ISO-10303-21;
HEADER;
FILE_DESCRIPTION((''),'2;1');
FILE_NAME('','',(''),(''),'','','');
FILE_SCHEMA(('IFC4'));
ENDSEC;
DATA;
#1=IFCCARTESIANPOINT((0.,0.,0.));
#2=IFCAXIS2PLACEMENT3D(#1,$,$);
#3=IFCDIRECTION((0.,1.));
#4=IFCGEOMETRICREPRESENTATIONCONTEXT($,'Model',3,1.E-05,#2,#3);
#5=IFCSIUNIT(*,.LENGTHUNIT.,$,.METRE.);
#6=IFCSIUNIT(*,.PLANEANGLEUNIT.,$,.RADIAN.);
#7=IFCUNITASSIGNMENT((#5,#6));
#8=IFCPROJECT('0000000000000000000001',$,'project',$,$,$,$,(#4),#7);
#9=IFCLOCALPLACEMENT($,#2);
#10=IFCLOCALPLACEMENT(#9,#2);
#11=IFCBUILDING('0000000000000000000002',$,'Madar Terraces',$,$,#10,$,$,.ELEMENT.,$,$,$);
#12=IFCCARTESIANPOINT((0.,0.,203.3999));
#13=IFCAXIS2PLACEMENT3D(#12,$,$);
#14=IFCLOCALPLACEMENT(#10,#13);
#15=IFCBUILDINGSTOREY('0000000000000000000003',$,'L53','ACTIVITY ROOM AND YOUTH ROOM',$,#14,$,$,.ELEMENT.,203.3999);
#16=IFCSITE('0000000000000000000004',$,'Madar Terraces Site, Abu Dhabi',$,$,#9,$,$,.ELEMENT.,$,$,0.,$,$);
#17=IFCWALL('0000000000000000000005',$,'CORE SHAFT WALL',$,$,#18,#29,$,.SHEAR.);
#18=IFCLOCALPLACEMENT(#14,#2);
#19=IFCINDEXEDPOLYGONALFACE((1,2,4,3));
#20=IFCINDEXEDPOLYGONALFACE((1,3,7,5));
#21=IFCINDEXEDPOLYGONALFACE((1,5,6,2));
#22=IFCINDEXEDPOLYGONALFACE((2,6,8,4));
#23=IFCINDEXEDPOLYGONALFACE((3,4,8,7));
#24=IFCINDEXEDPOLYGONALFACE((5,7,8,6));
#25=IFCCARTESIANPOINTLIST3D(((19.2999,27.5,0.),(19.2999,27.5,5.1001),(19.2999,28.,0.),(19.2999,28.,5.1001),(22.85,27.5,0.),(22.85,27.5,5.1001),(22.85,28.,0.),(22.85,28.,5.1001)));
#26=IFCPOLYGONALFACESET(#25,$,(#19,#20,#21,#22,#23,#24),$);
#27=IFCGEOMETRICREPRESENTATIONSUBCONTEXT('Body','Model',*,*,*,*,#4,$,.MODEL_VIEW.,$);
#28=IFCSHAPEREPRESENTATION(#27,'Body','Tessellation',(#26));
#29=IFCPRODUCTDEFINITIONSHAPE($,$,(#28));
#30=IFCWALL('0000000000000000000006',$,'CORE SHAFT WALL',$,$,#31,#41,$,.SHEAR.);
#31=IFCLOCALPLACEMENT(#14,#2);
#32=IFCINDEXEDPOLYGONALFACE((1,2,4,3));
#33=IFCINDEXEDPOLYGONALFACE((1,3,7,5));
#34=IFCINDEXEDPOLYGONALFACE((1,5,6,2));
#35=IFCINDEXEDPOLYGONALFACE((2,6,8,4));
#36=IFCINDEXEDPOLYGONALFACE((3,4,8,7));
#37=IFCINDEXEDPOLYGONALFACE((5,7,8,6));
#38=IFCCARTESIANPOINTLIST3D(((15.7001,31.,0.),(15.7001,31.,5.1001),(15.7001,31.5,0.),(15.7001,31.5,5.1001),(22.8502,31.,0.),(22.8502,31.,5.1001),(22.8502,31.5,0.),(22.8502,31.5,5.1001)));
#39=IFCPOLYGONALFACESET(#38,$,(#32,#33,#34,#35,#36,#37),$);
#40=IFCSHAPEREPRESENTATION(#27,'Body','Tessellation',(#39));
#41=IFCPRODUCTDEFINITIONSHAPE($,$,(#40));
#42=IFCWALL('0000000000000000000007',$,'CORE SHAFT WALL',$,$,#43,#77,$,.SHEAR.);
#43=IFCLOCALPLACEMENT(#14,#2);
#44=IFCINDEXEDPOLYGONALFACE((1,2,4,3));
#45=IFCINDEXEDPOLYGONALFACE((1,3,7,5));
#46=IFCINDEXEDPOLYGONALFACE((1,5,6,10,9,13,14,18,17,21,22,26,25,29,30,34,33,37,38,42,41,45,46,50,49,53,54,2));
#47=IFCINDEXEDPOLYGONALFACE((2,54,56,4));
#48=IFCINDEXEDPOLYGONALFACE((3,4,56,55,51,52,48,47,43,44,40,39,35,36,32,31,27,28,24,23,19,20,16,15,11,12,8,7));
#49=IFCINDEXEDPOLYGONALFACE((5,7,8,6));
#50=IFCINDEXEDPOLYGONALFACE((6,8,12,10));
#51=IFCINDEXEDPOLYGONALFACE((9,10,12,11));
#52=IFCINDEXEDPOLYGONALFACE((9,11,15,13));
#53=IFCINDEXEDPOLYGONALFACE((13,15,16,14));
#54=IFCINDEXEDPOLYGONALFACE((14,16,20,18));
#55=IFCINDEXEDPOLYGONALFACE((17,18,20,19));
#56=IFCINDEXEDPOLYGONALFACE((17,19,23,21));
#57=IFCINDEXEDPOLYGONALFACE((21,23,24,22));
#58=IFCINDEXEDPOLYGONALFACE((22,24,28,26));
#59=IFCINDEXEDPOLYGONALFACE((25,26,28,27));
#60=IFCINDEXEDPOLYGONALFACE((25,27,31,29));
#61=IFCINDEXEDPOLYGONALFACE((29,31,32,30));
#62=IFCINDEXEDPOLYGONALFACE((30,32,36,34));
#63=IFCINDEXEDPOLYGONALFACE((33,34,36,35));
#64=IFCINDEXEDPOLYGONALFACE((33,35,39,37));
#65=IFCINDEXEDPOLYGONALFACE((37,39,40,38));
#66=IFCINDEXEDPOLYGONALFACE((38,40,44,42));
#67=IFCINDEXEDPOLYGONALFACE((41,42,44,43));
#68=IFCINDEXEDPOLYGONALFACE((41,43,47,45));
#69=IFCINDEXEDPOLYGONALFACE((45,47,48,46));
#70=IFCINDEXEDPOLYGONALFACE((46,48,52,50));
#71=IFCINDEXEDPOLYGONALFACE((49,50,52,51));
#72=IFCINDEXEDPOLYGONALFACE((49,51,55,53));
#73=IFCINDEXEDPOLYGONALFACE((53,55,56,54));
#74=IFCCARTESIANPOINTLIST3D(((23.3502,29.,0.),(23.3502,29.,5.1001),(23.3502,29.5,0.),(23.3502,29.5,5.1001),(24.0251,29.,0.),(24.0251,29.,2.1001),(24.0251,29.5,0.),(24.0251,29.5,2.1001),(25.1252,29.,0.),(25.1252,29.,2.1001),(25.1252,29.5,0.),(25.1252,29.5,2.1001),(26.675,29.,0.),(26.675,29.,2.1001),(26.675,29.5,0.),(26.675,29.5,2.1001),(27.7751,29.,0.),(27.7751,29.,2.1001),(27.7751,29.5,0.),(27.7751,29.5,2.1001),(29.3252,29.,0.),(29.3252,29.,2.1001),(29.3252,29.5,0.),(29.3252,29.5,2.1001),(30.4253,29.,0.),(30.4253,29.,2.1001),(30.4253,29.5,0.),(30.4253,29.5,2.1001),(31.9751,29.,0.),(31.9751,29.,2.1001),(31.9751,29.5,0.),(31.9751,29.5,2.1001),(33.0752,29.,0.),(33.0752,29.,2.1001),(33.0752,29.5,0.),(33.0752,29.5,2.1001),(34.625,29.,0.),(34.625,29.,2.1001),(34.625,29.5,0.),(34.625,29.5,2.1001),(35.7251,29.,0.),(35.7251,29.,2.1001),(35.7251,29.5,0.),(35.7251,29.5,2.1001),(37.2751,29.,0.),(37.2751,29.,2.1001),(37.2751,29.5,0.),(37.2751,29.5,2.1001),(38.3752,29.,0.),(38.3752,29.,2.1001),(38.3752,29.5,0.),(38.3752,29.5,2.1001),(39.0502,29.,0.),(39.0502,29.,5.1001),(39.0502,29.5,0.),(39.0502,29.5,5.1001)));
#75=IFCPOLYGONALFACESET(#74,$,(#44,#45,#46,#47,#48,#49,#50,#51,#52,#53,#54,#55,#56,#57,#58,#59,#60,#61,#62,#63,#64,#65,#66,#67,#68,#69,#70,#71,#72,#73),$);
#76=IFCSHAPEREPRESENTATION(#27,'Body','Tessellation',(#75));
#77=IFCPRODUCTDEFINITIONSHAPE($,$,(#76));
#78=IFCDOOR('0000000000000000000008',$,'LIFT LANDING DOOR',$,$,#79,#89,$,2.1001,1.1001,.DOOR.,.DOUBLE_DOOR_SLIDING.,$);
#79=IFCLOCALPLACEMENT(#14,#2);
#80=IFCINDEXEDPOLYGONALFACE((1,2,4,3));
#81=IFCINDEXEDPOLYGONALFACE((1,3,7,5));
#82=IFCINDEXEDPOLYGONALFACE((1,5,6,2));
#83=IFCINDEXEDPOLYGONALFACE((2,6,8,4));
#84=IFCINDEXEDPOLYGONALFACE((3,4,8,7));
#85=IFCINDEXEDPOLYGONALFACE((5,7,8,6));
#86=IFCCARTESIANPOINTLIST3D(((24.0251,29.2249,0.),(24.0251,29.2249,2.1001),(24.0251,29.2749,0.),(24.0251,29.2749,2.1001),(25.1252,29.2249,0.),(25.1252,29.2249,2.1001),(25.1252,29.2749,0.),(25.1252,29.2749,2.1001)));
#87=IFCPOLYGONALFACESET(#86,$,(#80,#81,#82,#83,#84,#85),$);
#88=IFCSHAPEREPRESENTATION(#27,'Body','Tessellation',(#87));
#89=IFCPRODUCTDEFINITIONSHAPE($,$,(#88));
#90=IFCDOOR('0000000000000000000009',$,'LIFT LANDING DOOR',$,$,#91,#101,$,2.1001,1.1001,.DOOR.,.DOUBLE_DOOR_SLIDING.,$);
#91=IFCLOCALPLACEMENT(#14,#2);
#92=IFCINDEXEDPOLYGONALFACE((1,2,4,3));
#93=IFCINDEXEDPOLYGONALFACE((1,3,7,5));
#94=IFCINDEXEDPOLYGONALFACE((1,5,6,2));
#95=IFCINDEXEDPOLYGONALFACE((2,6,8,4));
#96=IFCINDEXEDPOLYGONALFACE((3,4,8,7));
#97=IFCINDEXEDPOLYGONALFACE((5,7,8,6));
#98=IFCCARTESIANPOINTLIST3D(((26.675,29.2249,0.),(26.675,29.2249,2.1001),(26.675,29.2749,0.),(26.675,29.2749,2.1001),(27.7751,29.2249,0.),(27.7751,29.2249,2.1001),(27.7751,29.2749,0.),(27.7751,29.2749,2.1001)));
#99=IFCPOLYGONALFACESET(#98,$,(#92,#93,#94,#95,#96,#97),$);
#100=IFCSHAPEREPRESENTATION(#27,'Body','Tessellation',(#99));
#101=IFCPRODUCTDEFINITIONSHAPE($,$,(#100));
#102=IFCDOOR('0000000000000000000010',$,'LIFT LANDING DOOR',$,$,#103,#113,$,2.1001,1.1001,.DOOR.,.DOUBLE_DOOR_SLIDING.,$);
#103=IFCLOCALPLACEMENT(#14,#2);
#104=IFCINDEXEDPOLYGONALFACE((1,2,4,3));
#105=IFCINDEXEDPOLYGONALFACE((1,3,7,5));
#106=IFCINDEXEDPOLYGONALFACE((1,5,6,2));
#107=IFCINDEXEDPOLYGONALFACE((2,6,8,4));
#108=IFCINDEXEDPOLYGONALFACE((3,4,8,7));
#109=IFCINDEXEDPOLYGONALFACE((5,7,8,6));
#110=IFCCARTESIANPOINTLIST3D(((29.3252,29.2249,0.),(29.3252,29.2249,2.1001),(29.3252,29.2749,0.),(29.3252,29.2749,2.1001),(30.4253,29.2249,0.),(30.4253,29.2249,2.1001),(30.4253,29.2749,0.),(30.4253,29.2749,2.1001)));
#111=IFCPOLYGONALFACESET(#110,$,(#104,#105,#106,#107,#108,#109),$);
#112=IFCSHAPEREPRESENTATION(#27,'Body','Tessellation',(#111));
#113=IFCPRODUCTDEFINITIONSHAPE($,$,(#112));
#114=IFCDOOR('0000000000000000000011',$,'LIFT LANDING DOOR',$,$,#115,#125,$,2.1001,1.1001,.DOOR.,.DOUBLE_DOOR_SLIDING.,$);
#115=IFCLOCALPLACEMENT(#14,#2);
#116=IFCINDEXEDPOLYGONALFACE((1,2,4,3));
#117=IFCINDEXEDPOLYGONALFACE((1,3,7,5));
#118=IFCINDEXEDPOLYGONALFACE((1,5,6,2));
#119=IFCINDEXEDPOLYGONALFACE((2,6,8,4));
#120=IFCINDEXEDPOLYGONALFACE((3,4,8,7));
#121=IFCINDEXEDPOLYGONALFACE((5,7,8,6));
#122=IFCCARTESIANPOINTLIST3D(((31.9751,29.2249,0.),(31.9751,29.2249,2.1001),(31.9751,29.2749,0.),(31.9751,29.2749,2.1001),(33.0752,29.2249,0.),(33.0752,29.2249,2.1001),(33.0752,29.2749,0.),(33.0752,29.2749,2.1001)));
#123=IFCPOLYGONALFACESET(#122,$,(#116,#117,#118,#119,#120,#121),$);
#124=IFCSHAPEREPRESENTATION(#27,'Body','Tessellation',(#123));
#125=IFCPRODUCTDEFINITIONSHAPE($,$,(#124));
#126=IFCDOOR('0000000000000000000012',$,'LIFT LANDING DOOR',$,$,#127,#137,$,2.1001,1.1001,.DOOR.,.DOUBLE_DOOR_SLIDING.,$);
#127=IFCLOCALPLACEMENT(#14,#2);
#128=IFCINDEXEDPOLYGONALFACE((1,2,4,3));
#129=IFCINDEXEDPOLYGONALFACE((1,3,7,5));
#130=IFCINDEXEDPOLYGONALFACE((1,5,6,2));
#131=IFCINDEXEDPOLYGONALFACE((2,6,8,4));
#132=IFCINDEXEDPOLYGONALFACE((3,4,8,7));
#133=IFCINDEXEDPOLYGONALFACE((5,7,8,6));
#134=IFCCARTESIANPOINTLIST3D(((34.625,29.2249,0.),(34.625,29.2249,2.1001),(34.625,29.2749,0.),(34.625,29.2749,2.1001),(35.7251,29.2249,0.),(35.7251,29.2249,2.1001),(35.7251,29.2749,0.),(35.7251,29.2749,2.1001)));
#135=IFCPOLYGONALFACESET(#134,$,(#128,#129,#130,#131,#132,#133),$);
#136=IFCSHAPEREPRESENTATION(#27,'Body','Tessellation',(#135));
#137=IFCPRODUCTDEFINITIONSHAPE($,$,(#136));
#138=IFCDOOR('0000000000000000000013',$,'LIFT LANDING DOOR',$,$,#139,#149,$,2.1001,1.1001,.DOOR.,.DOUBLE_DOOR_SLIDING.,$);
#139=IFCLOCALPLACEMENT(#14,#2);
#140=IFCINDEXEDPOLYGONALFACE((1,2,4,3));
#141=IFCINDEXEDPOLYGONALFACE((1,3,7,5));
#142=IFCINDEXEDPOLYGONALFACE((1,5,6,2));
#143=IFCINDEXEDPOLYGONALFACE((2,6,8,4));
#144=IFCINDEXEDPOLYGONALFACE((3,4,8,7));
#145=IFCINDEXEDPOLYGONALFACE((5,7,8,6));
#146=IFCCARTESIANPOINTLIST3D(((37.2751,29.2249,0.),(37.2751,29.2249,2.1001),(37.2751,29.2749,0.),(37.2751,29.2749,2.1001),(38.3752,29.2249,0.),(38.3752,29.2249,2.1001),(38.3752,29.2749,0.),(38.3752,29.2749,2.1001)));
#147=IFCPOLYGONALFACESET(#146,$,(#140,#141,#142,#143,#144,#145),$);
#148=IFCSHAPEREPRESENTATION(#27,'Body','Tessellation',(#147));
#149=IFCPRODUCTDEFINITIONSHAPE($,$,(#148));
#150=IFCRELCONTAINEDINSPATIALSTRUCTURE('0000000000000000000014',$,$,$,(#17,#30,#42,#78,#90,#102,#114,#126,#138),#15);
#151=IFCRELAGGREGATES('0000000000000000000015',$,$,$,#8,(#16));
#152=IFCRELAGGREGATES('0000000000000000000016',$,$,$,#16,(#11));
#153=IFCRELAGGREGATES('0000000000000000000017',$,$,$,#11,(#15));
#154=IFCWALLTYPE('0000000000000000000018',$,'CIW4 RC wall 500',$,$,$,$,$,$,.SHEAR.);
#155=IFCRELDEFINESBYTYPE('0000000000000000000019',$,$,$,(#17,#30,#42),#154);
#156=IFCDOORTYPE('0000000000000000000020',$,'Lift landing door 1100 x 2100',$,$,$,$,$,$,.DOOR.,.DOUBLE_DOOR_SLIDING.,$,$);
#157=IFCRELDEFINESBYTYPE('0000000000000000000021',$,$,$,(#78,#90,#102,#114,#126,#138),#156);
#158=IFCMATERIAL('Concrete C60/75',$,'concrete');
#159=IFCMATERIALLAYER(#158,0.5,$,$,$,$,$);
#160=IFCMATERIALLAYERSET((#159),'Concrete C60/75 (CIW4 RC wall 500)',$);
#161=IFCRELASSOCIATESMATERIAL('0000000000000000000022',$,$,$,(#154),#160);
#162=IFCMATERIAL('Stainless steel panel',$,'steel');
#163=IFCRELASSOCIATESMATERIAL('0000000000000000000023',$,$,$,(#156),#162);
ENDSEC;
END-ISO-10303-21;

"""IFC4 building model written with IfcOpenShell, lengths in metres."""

from ifc_helpers import new_model, si_unit, direction, frame, frame_2d, origin, place, context, subcontext, project, spatial, rectangle, extrude, material, layer, layer_set, type_object, element, fill, save


model = new_model("IFC4")

# Units and contexts
model_context = context("Model", 3, precision=1e-05, world=origin(), true_north=direction((0.0, 1.0)))
body_context = subcontext(model_context, "Body", "Model", "MODEL_VIEW")
ifc_project = project(units=[si_unit("LENGTHUNIT", "METRE"), si_unit("PLANEANGLEUNIT", "RADIAN")], contexts=[model_context])

# Site, building, storey
site_placement = place(None, origin())
site = spatial("IfcSite", under=ifc_project, at=site_placement, Name="Madar Terraces Site, Abu Dhabi", CompositionType="ELEMENT", RefElevation=0.0)
building_placement = place(site_placement, origin())
building = spatial("IfcBuilding", under=site, at=building_placement, Name="Madar Terraces", CompositionType="ELEMENT")
storey_placement = place(building_placement, frame((0.0, 0.0, 203.3999)))
storey = spatial("IfcBuildingStorey", under=building, at=storey_placement, Name="L53", Description="ACTIVITY ROOM AND YOUTH ROOM", CompositionType="ELEMENT", Elevation=203.3999)

# Walls
ifc_material_1 = material(Name="Concrete C60/75", Category="concrete")
ifc_layer_1 = layer(ifc_material_1, 0.5)
ifc_layer_set_1 = layer_set([ifc_layer_1], Name="Concrete C60/75 (CIW4 RC wall 500)")
wall_type_1 = type_object("IfcWallType", Name="CIW4 RC wall 500", PredefinedType="SHEAR", material=ifc_layer_set_1)
wall_1_placement = place(storey_placement, frame((19.3, 27.75, 0.0), z_axis=(0.0, 0.0, 1.0), x_axis=(1.0, 0.0, 0.0)))
element("IfcWall", 1, at=wall_1_placement, inside=storey, type_object=wall_type_1, Name="CORE SHAFT WALL", PredefinedType="SHEAR", context=body_context, shape_type="SweptSolid", body=[
    extrude(rectangle(XDim=3.55, YDim=0.5, at=frame_2d((1.7749, 0.0))), origin(), (0.0, 0.0, 1.0), 5.1001),
])
wall_2_placement = place(storey_placement, frame((15.7, 31.25, 0.0), z_axis=(0.0, 0.0, 1.0), x_axis=(1.0, 0.0, 0.0)))
element("IfcWall", 2, at=wall_2_placement, inside=storey, type_object=wall_type_1, Name="CORE SHAFT WALL", PredefinedType="SHEAR", context=body_context, shape_type="SweptSolid", body=[
    extrude(rectangle(XDim=7.1501, YDim=0.5, at=frame_2d((3.5752, 0.0))), origin(), (0.0, 0.0, 1.0), 5.1001),
])

# Wall, openings, doors
wall_3_placement = place(storey_placement, frame((23.3501, 29.25, 0.0), z_axis=(0.0, 0.0, 1.0), x_axis=(1.0, 0.0, 0.0)))
wall_3 = element("IfcWall", 3, at=wall_3_placement, inside=storey, type_object=wall_type_1, Name="CORE SHAFT WALL", PredefinedType="SHEAR", context=body_context, shape_type="SweptSolid", body=[
    extrude(rectangle(XDim=15.7, YDim=0.5, at=frame_2d((7.8501, 0.0))), origin(), (0.0, 0.0, 1.0), 5.1001),
])
opening_1_placement = place(wall_3_placement, frame((0.675, 0.0, 0.0)))
opening_1 = element("IfcOpeningElement", 4, at=opening_1_placement, cuts=wall_3, PredefinedType="OPENING", context=body_context, shape_type="SweptSolid", body=[
    extrude(rectangle(XDim=1.1001, YDim=2.1001, at=frame_2d((0.55, 1.05))), frame((0.0, 0.26, 0.0), z_axis=(0.0, -1.0, 0.0), x_axis=(1.0, 0.0, 0.0)), (0.0, 0.0, 1.0), 0.52),
])
opening_2_placement = place(wall_3_placement, frame((3.325, 0.0, 0.0)))
opening_2 = element("IfcOpeningElement", 5, at=opening_2_placement, cuts=wall_3, PredefinedType="OPENING", context=body_context, shape_type="SweptSolid", body=[
    extrude(rectangle(XDim=1.1001, YDim=2.1001, at=frame_2d((0.55, 1.05))), frame((0.0, 0.26, 0.0), z_axis=(0.0, -1.0, 0.0), x_axis=(1.0, 0.0, 0.0)), (0.0, 0.0, 1.0), 0.52),
])
opening_3_placement = place(wall_3_placement, frame((5.9751, 0.0, 0.0)))
opening_3 = element("IfcOpeningElement", 6, at=opening_3_placement, cuts=wall_3, PredefinedType="OPENING", context=body_context, shape_type="SweptSolid", body=[
    extrude(rectangle(XDim=1.1001, YDim=2.1001, at=frame_2d((0.55, 1.05))), frame((0.0, 0.26, 0.0), z_axis=(0.0, -1.0, 0.0), x_axis=(1.0, 0.0, 0.0)), (0.0, 0.0, 1.0), 0.52),
])
opening_4_placement = place(wall_3_placement, frame((8.625, 0.0, 0.0)))
opening_4 = element("IfcOpeningElement", 7, at=opening_4_placement, cuts=wall_3, PredefinedType="OPENING", context=body_context, shape_type="SweptSolid", body=[
    extrude(rectangle(XDim=1.1001, YDim=2.1001, at=frame_2d((0.55, 1.05))), frame((0.0, 0.26, 0.0), z_axis=(0.0, -1.0, 0.0), x_axis=(1.0, 0.0, 0.0)), (0.0, 0.0, 1.0), 0.52),
])
opening_5_placement = place(wall_3_placement, frame((11.2749, 0.0, 0.0)))
opening_5 = element("IfcOpeningElement", 8, at=opening_5_placement, cuts=wall_3, PredefinedType="OPENING", context=body_context, shape_type="SweptSolid", body=[
    extrude(rectangle(XDim=1.1001, YDim=2.1001, at=frame_2d((0.55, 1.05))), frame((0.0, 0.26, 0.0), z_axis=(0.0, -1.0, 0.0), x_axis=(1.0, 0.0, 0.0)), (0.0, 0.0, 1.0), 0.52),
])
opening_6_placement = place(wall_3_placement, frame((13.925, 0.0, 0.0)))
opening_6 = element("IfcOpeningElement", 9, at=opening_6_placement, cuts=wall_3, PredefinedType="OPENING", context=body_context, shape_type="SweptSolid", body=[
    extrude(rectangle(XDim=1.1001, YDim=2.1001, at=frame_2d((0.55, 1.05))), frame((0.0, 0.26, 0.0), z_axis=(0.0, -1.0, 0.0), x_axis=(1.0, 0.0, 0.0)), (0.0, 0.0, 1.0), 0.52),
])
ifc_material_2 = material(Name="Stainless steel panel", Category="steel")
door_type_1 = type_object("IfcDoorType", Name="Lift landing door 1100 x 2100", OperationType="DOUBLE_DOOR_SLIDING", PredefinedType="DOOR", material=ifc_material_2)
door_1_placement = place(opening_1_placement, origin())
door_1 = element("IfcDoor", 10, at=door_1_placement, inside=storey, type_object=door_type_1, Name="LIFT LANDING DOOR", OperationType="DOUBLE_DOOR_SLIDING", OverallHeight=2.1001, OverallWidth=1.1001, PredefinedType="DOOR", context=body_context, shape_type="SweptSolid", body=[
    extrude(rectangle(XDim=1.1001, YDim=2.1001, at=frame_2d((0.55, 1.05))), frame((0.0, 0.0249, 0.0), z_axis=(0.0, -1.0, 0.0), x_axis=(1.0, 0.0, 0.0)), (0.0, 0.0, 1.0), 0.05),
])
fill(opening_1, door_1)
door_2_placement = place(opening_2_placement, origin())
door_2 = element("IfcDoor", 11, at=door_2_placement, inside=storey, type_object=door_type_1, Name="LIFT LANDING DOOR", OperationType="DOUBLE_DOOR_SLIDING", OverallHeight=2.1001, OverallWidth=1.1001, PredefinedType="DOOR", context=body_context, shape_type="SweptSolid", body=[
    extrude(rectangle(XDim=1.1001, YDim=2.1001, at=frame_2d((0.55, 1.05))), frame((0.0, 0.0249, 0.0), z_axis=(0.0, -1.0, 0.0), x_axis=(1.0, 0.0, 0.0)), (0.0, 0.0, 1.0), 0.05),
])
fill(opening_2, door_2)
door_3_placement = place(opening_3_placement, origin())
door_3 = element("IfcDoor", 12, at=door_3_placement, inside=storey, type_object=door_type_1, Name="LIFT LANDING DOOR", OperationType="DOUBLE_DOOR_SLIDING", OverallHeight=2.1001, OverallWidth=1.1001, PredefinedType="DOOR", context=body_context, shape_type="SweptSolid", body=[
    extrude(rectangle(XDim=1.1001, YDim=2.1001, at=frame_2d((0.55, 1.05))), frame((0.0, 0.0249, 0.0), z_axis=(0.0, -1.0, 0.0), x_axis=(1.0, 0.0, 0.0)), (0.0, 0.0, 1.0), 0.05),
])
fill(opening_3, door_3)
door_4_placement = place(opening_4_placement, origin())
door_4 = element("IfcDoor", 13, at=door_4_placement, inside=storey, type_object=door_type_1, Name="LIFT LANDING DOOR", OperationType="DOUBLE_DOOR_SLIDING", OverallHeight=2.1001, OverallWidth=1.1001, PredefinedType="DOOR", context=body_context, shape_type="SweptSolid", body=[
    extrude(rectangle(XDim=1.1001, YDim=2.1001, at=frame_2d((0.55, 1.05))), frame((0.0, 0.0249, 0.0), z_axis=(0.0, -1.0, 0.0), x_axis=(1.0, 0.0, 0.0)), (0.0, 0.0, 1.0), 0.05),
])
fill(opening_4, door_4)
door_5_placement = place(opening_5_placement, origin())
door_5 = element("IfcDoor", 14, at=door_5_placement, inside=storey, type_object=door_type_1, Name="LIFT LANDING DOOR", OperationType="DOUBLE_DOOR_SLIDING", OverallHeight=2.1001, OverallWidth=1.1001, PredefinedType="DOOR", context=body_context, shape_type="SweptSolid", body=[
    extrude(rectangle(XDim=1.1001, YDim=2.1001, at=frame_2d((0.55, 1.05))), frame((0.0, 0.0249, 0.0), z_axis=(0.0, -1.0, 0.0), x_axis=(1.0, 0.0, 0.0)), (0.0, 0.0, 1.0), 0.05),
])
fill(opening_5, door_5)
door_6_placement = place(opening_6_placement, origin())
door_6 = element("IfcDoor", 15, at=door_6_placement, inside=storey, type_object=door_type_1, Name="LIFT LANDING DOOR", OperationType="DOUBLE_DOOR_SLIDING", OverallHeight=2.1001, OverallWidth=1.1001, PredefinedType="DOOR", context=body_context, shape_type="SweptSolid", body=[
    extrude(rectangle(XDim=1.1001, YDim=2.1001, at=frame_2d((0.55, 1.05))), frame((0.0, 0.0249, 0.0), z_axis=(0.0, -1.0, 0.0), x_axis=(1.0, 0.0, 0.0)), (0.0, 0.0, 1.0), 0.05),
])
fill(opening_6, door_6)

save(model, "model.ifc")
